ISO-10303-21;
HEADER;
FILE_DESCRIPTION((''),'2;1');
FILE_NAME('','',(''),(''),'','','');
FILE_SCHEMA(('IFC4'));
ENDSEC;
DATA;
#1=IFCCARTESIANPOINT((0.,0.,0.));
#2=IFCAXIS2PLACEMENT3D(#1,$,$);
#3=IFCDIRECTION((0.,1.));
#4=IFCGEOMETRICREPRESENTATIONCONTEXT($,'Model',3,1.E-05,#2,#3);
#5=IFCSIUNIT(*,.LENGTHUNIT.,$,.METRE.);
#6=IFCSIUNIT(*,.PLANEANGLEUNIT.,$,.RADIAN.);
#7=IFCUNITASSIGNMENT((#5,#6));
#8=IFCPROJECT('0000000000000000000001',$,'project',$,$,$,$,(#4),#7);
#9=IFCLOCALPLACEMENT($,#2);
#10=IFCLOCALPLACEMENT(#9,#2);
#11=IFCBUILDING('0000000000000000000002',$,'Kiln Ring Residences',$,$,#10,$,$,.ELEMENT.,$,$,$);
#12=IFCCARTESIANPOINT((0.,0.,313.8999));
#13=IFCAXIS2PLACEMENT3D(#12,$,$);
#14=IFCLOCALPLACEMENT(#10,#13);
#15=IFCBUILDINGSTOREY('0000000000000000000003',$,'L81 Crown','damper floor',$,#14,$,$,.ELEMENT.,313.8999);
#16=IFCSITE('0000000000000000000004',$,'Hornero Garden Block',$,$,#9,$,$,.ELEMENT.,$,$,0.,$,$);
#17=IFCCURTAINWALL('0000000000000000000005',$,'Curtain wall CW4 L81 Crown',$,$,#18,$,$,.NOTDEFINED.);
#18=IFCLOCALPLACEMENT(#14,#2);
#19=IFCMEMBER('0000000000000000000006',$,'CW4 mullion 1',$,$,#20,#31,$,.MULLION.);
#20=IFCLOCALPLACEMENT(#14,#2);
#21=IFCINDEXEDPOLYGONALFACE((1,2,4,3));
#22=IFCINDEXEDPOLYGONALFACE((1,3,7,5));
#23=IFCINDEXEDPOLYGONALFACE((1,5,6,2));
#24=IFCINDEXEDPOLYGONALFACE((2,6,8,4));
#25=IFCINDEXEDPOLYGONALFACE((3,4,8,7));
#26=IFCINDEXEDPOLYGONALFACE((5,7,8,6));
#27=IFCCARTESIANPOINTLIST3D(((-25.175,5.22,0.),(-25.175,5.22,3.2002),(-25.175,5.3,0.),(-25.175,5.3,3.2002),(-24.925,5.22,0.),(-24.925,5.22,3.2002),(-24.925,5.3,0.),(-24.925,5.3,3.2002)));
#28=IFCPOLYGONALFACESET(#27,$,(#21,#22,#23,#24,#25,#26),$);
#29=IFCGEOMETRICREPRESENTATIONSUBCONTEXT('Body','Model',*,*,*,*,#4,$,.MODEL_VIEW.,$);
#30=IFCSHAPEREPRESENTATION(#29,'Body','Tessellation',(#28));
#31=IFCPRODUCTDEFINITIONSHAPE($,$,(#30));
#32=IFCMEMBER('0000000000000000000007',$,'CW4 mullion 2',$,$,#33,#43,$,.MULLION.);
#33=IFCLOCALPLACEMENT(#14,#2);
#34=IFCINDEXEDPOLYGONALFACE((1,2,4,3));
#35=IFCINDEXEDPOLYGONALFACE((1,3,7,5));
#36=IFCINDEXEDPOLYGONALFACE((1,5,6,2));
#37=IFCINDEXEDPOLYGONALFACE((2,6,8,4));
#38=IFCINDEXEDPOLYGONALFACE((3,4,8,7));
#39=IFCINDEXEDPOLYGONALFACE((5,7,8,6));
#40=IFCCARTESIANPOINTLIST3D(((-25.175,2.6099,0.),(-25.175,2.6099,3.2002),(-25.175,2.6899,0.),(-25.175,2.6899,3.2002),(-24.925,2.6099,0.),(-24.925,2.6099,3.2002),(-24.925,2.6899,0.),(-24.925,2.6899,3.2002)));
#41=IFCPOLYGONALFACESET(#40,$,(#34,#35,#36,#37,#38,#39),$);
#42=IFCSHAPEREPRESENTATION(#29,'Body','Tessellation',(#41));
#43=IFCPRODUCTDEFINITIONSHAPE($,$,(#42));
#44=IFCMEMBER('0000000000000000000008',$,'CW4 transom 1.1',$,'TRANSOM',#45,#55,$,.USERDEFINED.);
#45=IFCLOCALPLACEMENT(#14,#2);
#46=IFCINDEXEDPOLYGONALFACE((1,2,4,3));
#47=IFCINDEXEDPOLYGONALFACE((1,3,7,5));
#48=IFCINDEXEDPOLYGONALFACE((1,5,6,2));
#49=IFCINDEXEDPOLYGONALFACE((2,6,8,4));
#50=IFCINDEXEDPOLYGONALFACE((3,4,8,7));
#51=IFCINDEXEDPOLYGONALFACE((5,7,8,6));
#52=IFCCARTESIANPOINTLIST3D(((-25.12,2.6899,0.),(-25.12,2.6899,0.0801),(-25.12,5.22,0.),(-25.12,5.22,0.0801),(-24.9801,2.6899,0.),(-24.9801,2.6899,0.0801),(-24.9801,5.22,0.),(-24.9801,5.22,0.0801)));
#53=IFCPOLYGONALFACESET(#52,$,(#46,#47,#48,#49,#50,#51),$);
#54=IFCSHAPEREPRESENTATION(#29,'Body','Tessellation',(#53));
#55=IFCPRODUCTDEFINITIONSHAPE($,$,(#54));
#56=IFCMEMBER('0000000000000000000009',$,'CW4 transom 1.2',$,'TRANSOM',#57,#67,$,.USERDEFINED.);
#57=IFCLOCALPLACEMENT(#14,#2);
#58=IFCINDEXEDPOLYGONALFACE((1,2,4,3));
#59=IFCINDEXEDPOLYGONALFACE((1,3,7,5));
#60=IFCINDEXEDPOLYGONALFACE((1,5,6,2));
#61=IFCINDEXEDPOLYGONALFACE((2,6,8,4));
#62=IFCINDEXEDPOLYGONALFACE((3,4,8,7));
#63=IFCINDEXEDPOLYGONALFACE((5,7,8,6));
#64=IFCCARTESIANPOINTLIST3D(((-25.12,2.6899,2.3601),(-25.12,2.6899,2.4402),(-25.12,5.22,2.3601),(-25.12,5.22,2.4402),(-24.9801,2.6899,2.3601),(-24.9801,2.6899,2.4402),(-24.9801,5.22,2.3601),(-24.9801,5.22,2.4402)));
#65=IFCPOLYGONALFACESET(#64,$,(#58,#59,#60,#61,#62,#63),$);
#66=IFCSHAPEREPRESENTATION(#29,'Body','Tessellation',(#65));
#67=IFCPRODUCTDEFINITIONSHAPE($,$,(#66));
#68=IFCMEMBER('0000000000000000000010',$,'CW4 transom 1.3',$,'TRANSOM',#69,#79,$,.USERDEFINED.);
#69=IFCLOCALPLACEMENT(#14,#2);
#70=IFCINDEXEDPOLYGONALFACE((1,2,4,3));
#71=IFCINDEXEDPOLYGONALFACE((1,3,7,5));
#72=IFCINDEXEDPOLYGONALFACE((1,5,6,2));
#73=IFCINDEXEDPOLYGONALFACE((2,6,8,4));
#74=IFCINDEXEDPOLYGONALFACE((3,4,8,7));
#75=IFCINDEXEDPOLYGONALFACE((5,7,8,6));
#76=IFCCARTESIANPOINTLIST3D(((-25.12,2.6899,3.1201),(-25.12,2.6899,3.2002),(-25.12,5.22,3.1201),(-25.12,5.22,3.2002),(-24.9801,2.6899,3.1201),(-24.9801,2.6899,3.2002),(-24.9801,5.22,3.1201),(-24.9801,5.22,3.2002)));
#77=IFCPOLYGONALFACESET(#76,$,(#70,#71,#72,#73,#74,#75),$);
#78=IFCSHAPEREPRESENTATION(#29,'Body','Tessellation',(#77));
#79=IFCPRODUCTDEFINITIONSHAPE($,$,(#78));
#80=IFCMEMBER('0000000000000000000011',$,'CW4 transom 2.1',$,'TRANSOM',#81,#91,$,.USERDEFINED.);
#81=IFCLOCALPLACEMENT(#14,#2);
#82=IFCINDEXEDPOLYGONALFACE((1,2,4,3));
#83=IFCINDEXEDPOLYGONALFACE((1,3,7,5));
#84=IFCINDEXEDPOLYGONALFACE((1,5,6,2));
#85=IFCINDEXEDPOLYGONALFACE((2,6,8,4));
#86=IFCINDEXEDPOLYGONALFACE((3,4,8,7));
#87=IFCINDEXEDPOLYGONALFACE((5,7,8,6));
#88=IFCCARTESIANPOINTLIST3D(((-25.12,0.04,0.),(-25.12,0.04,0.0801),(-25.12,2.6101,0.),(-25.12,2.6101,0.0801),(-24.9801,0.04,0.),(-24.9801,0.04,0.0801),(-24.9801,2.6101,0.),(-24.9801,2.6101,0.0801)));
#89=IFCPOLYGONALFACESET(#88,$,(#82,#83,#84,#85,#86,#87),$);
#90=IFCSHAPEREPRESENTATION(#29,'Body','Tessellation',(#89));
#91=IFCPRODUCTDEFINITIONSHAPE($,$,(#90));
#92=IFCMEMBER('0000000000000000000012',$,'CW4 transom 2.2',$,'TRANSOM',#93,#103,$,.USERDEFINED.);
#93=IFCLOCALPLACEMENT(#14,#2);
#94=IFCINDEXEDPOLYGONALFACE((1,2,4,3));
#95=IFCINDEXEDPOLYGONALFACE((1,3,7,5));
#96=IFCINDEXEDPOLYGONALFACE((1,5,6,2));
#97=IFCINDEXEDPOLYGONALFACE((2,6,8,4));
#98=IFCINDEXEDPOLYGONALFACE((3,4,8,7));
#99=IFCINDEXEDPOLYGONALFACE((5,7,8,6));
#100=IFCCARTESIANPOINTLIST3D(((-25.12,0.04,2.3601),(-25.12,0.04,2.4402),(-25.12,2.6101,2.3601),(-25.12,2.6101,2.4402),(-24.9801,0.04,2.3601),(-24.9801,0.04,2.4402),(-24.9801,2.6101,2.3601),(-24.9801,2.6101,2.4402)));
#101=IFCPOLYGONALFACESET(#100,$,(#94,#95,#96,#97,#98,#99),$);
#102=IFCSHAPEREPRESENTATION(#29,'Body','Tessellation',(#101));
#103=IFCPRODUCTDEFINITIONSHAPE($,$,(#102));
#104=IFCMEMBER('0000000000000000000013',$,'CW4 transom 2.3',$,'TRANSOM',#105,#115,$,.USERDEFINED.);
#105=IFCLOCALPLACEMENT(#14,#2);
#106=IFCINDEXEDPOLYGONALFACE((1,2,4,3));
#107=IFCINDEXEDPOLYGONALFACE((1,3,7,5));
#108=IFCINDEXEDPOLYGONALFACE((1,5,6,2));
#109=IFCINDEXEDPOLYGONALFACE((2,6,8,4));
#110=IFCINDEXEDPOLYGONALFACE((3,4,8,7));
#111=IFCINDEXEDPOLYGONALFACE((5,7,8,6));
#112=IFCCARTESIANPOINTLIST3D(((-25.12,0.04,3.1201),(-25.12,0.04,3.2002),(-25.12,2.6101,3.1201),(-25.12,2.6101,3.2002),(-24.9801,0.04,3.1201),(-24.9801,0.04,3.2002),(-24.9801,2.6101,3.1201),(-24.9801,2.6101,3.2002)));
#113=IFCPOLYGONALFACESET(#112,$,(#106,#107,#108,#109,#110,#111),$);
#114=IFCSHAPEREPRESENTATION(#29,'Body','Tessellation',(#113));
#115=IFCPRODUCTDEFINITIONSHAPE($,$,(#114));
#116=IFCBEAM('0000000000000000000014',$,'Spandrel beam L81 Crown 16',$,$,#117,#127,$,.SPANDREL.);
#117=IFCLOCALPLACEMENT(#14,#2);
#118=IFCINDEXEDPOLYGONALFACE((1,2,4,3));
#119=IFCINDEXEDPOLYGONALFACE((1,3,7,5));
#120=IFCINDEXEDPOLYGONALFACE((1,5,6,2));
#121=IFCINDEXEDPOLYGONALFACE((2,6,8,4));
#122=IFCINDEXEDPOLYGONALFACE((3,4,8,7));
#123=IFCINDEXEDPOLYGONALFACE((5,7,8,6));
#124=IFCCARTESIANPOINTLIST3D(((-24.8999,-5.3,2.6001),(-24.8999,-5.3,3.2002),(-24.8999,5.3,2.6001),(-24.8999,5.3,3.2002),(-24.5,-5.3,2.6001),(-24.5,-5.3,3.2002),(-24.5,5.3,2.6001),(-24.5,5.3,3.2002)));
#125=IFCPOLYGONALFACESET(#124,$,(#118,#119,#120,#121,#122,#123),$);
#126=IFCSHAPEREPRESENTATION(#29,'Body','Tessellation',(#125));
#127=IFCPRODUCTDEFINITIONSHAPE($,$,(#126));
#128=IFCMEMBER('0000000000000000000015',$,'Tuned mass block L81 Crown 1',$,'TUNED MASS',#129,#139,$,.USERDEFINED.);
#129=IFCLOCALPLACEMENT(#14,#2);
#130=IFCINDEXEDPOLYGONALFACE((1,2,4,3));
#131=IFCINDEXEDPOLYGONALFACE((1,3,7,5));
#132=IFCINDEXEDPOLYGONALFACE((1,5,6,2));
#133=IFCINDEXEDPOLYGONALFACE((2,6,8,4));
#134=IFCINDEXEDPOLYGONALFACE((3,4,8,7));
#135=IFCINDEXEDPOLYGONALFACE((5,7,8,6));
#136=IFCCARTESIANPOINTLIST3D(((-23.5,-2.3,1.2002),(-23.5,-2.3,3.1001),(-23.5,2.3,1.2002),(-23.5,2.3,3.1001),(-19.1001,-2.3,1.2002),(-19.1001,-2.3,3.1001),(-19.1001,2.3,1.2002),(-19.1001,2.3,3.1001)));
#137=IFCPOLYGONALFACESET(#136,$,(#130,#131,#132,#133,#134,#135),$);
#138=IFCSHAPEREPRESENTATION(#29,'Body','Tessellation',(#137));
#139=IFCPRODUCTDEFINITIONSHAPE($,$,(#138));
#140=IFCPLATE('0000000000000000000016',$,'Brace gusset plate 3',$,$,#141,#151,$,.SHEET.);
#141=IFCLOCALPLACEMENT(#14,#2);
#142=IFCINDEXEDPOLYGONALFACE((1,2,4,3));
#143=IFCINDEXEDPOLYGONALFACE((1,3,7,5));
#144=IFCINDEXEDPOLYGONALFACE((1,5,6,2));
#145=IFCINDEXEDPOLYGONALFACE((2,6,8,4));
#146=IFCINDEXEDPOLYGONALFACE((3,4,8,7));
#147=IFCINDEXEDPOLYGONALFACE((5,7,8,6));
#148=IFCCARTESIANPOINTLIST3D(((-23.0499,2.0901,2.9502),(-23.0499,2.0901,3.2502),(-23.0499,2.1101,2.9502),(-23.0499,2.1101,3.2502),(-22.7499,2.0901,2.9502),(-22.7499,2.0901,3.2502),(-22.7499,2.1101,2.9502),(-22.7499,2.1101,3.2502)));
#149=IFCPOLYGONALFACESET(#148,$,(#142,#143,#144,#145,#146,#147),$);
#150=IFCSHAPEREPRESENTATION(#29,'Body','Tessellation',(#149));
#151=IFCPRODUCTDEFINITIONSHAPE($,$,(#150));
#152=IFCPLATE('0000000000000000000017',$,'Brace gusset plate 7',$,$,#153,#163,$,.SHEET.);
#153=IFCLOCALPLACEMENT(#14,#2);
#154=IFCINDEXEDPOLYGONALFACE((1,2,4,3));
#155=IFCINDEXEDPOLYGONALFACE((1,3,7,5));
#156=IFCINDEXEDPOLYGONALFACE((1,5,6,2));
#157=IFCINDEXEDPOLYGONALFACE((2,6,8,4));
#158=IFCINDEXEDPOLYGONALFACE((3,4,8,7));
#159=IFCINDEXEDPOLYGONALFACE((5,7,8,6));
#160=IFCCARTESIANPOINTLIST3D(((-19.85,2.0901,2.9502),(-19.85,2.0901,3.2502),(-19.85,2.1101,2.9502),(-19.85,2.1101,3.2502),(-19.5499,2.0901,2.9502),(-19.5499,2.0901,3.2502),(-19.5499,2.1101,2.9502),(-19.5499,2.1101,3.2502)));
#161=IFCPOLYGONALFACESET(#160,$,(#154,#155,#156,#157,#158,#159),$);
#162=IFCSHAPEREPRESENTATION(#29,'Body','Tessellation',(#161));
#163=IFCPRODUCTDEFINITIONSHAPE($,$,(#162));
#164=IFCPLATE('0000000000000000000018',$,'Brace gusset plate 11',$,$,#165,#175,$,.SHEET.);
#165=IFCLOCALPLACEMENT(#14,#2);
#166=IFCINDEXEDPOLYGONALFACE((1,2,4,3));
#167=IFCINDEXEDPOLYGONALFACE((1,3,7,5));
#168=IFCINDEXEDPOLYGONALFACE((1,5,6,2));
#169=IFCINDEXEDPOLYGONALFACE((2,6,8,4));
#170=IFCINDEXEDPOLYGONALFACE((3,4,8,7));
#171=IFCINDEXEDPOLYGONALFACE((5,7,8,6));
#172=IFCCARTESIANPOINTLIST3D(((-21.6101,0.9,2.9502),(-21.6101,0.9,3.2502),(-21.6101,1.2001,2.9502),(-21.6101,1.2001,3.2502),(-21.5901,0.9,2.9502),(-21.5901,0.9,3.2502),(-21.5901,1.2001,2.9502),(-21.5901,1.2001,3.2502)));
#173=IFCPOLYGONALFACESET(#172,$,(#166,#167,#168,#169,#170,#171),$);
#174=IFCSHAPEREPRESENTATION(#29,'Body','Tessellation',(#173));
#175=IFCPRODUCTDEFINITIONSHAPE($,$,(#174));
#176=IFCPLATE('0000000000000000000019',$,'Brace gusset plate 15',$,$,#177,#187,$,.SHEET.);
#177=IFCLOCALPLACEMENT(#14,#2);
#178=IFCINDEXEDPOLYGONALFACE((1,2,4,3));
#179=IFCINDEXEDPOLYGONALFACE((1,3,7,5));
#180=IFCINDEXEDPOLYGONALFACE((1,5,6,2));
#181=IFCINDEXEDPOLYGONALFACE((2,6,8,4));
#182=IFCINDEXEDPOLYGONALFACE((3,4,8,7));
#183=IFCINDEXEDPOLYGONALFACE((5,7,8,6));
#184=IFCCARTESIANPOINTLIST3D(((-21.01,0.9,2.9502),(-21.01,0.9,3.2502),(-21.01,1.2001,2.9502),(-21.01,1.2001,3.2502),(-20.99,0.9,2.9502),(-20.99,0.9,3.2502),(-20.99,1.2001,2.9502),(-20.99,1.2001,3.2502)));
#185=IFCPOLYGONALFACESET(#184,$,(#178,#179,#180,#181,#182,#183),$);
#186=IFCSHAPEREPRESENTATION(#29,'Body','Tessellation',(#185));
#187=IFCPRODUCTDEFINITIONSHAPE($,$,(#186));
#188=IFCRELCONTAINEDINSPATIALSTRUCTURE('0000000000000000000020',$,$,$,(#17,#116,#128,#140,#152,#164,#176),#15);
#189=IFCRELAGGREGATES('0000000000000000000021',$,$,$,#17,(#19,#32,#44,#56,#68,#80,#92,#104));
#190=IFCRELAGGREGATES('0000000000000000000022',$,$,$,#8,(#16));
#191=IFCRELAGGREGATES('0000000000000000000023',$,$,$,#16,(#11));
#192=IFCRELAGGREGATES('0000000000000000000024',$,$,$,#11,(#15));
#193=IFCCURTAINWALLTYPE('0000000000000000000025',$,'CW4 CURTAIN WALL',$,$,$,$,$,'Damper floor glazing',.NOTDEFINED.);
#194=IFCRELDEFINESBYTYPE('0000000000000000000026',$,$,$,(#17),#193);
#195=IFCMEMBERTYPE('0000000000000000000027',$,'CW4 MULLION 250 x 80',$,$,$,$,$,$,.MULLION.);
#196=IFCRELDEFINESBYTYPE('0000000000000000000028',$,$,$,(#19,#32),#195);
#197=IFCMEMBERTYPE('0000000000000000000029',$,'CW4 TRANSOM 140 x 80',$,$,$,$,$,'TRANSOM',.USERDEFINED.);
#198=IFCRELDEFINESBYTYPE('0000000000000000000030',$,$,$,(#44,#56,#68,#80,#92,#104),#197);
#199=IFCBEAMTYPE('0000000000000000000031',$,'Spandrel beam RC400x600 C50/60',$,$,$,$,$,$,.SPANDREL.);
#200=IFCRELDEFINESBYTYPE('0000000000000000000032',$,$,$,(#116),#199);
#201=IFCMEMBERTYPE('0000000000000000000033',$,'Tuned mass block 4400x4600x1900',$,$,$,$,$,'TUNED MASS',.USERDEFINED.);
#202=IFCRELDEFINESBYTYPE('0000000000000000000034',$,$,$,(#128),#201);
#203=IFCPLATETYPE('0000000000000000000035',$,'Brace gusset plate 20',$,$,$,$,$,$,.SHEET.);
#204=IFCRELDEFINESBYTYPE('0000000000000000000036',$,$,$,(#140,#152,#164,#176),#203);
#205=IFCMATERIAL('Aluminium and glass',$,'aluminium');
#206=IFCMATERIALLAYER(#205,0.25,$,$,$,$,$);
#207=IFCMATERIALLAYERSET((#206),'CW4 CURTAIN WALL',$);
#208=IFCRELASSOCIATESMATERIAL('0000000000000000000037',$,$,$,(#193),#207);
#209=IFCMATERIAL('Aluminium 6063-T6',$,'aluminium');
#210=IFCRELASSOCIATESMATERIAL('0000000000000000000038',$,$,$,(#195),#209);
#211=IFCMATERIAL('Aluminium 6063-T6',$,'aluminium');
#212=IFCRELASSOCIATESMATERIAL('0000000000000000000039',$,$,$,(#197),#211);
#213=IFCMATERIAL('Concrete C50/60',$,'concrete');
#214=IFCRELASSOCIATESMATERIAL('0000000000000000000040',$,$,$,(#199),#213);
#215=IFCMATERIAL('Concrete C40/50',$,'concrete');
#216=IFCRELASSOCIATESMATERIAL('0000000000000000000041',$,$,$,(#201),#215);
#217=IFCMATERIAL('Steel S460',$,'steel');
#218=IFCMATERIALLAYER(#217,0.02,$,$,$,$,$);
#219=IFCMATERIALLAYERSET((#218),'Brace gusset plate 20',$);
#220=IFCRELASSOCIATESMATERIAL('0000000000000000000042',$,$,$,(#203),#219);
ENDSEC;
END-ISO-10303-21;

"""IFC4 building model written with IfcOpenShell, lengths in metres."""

from ifc_helpers import new_model, si_unit, direction, frame, origin, origin_2d, place, context, subcontext, project, spatial, rectangle, extrude, material, layer, layer_set, material_profile, profile_set, type_object, element, aggregate, save


model = new_model("IFC4")

# Units and contexts
model_context = context("Model", 3, precision=1e-05, world=origin(), true_north=direction((0.0, 1.0)))
body_context = subcontext(model_context, "Body", "Model", "MODEL_VIEW")
ifc_project = project(units=[si_unit("LENGTHUNIT", "METRE"), si_unit("PLANEANGLEUNIT", "RADIAN")], contexts=[model_context])

# Site, building, storey
site_placement = place(None, origin())
site = spatial("IfcSite", under=ifc_project, at=site_placement, Name="Hornero Garden Block", CompositionType="ELEMENT", RefElevation=0.0)
building_placement = place(site_placement, origin())
building = spatial("IfcBuilding", under=site, at=building_placement, Name="Kiln Ring Residences", CompositionType="ELEMENT")
storey_placement = place(building_placement, frame((0.0, 0.0, 313.8999)))
storey = spatial("IfcBuildingStorey", under=building, at=storey_placement, Name="L81 Crown", Description="damper floor", CompositionType="ELEMENT", Elevation=313.8999)

# Curtain wall, members
ifc_material_1 = material(Name="Aluminium and glass", Category="aluminium")
ifc_layer_1 = layer(ifc_material_1, 0.25)
ifc_layer_set_1 = layer_set([ifc_layer_1], Name="CW4 CURTAIN WALL")
curtain_wall_type = type_object("IfcCurtainWallType", Name="CW4 CURTAIN WALL", ElementType="Damper floor glazing", PredefinedType="NOTDEFINED", material=ifc_layer_set_1)
curtain_wall_placement = place(storey_placement, origin())
curtain_wall = element("IfcCurtainWall", 1, at=curtain_wall_placement, inside=storey, type_object=curtain_wall_type, Name="Curtain wall CW4 L81 Crown", PredefinedType="NOTDEFINED")
ifc_material_2 = material(Name="Aluminium 6063-T6", Category="aluminium")
ifc_material_profile_1 = material_profile(ifc_material_2, rectangle(XDim=0.25, YDim=0.0801, at=origin_2d()), Name="AL 250x80")
ifc_profile_set_1 = profile_set([ifc_material_profile_1], Name="Aluminium 6063-T6")
member_type_1 = type_object("IfcMemberType", Name="CW4 MULLION 250 x 80", PredefinedType="MULLION", material=ifc_profile_set_1)
member_1_placement = place(storey_placement, frame((-25.05, 5.26, 0.0), z_axis=(0.0, 0.0, 1.0), x_axis=(1.0, 0.0, 0.0)))
member_1 = element("IfcMember", 2, at=member_1_placement, type_object=member_type_1, Name="CW4 mullion 1", PredefinedType="MULLION", context=body_context, shape_type="SweptSolid", body=[
    extrude(rectangle(XDim=0.25, YDim=0.0801, at=origin_2d()), origin(), (0.0, 0.0, 1.0), 3.2002),
])
member_2_placement = place(storey_placement, frame((-25.05, 2.6499, 0.0), z_axis=(0.0, 0.0, 1.0), x_axis=(1.0, 0.0, 0.0)))
member_2 = element("IfcMember", 3, at=member_2_placement, type_object=member_type_1, Name="CW4 mullion 2", PredefinedType="MULLION", context=body_context, shape_type="SweptSolid", body=[
    extrude(rectangle(XDim=0.25, YDim=0.0801, at=origin_2d()), origin(), (0.0, 0.0, 1.0), 3.2002),
])
ifc_material_3 = material(Name="Aluminium 6063-T6", Category="aluminium")
ifc_material_profile_2 = material_profile(ifc_material_3, rectangle(XDim=0.1399, YDim=0.0801, at=origin_2d()), Name="AL 140x80")
ifc_profile_set_2 = profile_set([ifc_material_profile_2], Name="Aluminium 6063-T6")
member_type_2 = type_object("IfcMemberType", Name="CW4 TRANSOM 140 x 80", ElementType="TRANSOM", PredefinedType="USERDEFINED", material=ifc_profile_set_2)
member_3_placement = place(storey_placement, frame((-25.05, 5.22, 0.04), z_axis=(0.0, -1.0, 0.0), x_axis=(1.0, 0.0, 0.0)))
member_3 = element("IfcMember", 4, at=member_3_placement, type_object=member_type_2, Name="CW4 transom 1.1", ObjectType="TRANSOM", PredefinedType="USERDEFINED", context=body_context, shape_type="SweptSolid", body=[
    extrude(rectangle(XDim=0.1399, YDim=0.0801, at=origin_2d()), origin(), (0.0, 0.0, 1.0), 2.53),
])
member_4_placement = place(storey_placement, frame((-25.05, 5.22, 2.4001), z_axis=(0.0, -1.0, 0.0), x_axis=(1.0, 0.0, 0.0)))
member_4 = element("IfcMember", 5, at=member_4_placement, type_object=member_type_2, Name="CW4 transom 1.2", ObjectType="TRANSOM", PredefinedType="USERDEFINED", context=body_context, shape_type="SweptSolid", body=[
    extrude(rectangle(XDim=0.1399, YDim=0.0801, at=origin_2d()), origin(), (0.0, 0.0, 1.0), 2.53),
])
member_5_placement = place(storey_placement, frame((-25.05, 5.22, 3.1602), z_axis=(0.0, -1.0, 0.0), x_axis=(1.0, 0.0, 0.0)))
member_5 = element("IfcMember", 6, at=member_5_placement, type_object=member_type_2, Name="CW4 transom 1.3", ObjectType="TRANSOM", PredefinedType="USERDEFINED", context=body_context, shape_type="SweptSolid", body=[
    extrude(rectangle(XDim=0.1399, YDim=0.0801, at=origin_2d()), origin(), (0.0, 0.0, 1.0), 2.53),
])
member_6_placement = place(storey_placement, frame((-25.05, 2.6101, 0.04), z_axis=(0.0, -1.0, 0.0), x_axis=(1.0, 0.0, 0.0)))
member_6 = element("IfcMember", 7, at=member_6_placement, type_object=member_type_2, Name="CW4 transom 2.1", ObjectType="TRANSOM", PredefinedType="USERDEFINED", context=body_context, shape_type="SweptSolid", body=[
    extrude(rectangle(XDim=0.1399, YDim=0.0801, at=origin_2d()), origin(), (0.0, 0.0, 1.0), 2.5701),
])
member_7_placement = place(storey_placement, frame((-25.05, 2.6101, 2.4001), z_axis=(0.0, -1.0, 0.0), x_axis=(1.0, 0.0, 0.0)))
member_7 = element("IfcMember", 8, at=member_7_placement, type_object=member_type_2, Name="CW4 transom 2.2", ObjectType="TRANSOM", PredefinedType="USERDEFINED", context=body_context, shape_type="SweptSolid", body=[
    extrude(rectangle(XDim=0.1399, YDim=0.0801, at=origin_2d()), origin(), (0.0, 0.0, 1.0), 2.5701),
])
member_8_placement = place(storey_placement, frame((-25.05, 2.6101, 3.1602), z_axis=(0.0, -1.0, 0.0), x_axis=(1.0, 0.0, 0.0)))
member_8 = element("IfcMember", 9, at=member_8_placement, type_object=member_type_2, Name="CW4 transom 2.3", ObjectType="TRANSOM", PredefinedType="USERDEFINED", context=body_context, shape_type="SweptSolid", body=[
    extrude(rectangle(XDim=0.1399, YDim=0.0801, at=origin_2d()), origin(), (0.0, 0.0, 1.0), 2.5701),
])

# Beam
ifc_material_4 = material(Name="Concrete C50/60", Category="concrete")
ifc_material_profile_3 = material_profile(ifc_material_4, rectangle(XDim=0.3999, YDim=0.6001, at=origin_2d()), Name="RC400x600")
ifc_profile_set_3 = profile_set([ifc_material_profile_3], Name="Concrete C50/60")
beam_type = type_object("IfcBeamType", Name="Spandrel beam RC400x600 C50/60", PredefinedType="SPANDREL", material=ifc_profile_set_3)
beam_placement = place(storey_placement, frame((-24.7, 5.3, 2.9001), z_axis=(0.0, -1.0, 0.0), x_axis=(1.0, 0.0, 0.0)))
element("IfcBeam", 10, at=beam_placement, inside=storey, type_object=beam_type, Name="Spandrel beam L81 Crown 16", PredefinedType="SPANDREL", context=body_context, shape_type="SweptSolid", body=[
    extrude(rectangle(XDim=0.3999, YDim=0.6001, at=origin_2d()), origin(), (0.0, 0.0, 1.0), 10.6001),
])

# Member
ifc_material_5 = material(Name="Concrete C40/50", Category="concrete")
member_type_3 = type_object("IfcMemberType", Name="Tuned mass block 4400x4600x1900", ElementType="TUNED MASS", PredefinedType="USERDEFINED", material=ifc_material_5)
member_9_placement = place(storey_placement, frame((-21.3, 0.0, 1.2002), z_axis=(0.0, 0.0, 1.0), x_axis=(1.0, 0.0, 0.0)))
element("IfcMember", 11, at=member_9_placement, inside=storey, type_object=member_type_3, Name="Tuned mass block L81 Crown 1", ObjectType="TUNED MASS", PredefinedType="USERDEFINED", context=body_context, shape_type="SweptSolid", body=[
    extrude(rectangle(XDim=4.3999, YDim=4.6001, at=origin_2d()), origin(), (0.0, 0.0, 1.0), 1.8999),
])

# Plates
ifc_material_6 = material(Name="Steel S460", Category="steel")
ifc_layer_2 = layer(ifc_material_6, 0.02)
ifc_layer_set_2 = layer_set([ifc_layer_2], Name="Brace gusset plate 20")
plate_type_1 = type_object("IfcPlateType", Name="Brace gusset plate 20", PredefinedType="SHEET", material=ifc_layer_set_2)
for number, where, z_axis, x_axis, name in (
    (12, (-22.8999, 2.1001, 2.9502), (0.0, 0.0, 1.0), (1.0, 0.0, 0.0), "Brace gusset plate 3"),
    (13, (-19.7, 2.1001, 2.9502), (0.0, 0.0, 1.0), (1.0, 0.0, 0.0), "Brace gusset plate 7"),
):
    element("IfcPlate", number, at=place(storey_placement, frame(where, z_axis=z_axis, x_axis=x_axis)), inside=storey, type_object=plate_type_1, Name=name, PredefinedType="SHEET", context=body_context, shape_type="SweptSolid", body=[
        extrude(rectangle(XDim=0.3, YDim=0.02, at=origin_2d()), origin(), (0.0, 0.0, 1.0), 0.3),
    ])
for number, where, z_axis, x_axis, name in (
    (14, (-21.6001, 1.05, 2.9502), (0.0, 0.0, 1.0), (1.0, 0.0, 0.0), "Brace gusset plate 11"),
    (15, (-21.0, 1.05, 2.9502), (0.0, 0.0, 1.0), (1.0, 0.0, 0.0), "Brace gusset plate 15"),
):
    element("IfcPlate", number, at=place(storey_placement, frame(where, z_axis=z_axis, x_axis=x_axis)), inside=storey, type_object=plate_type_1, Name=name, PredefinedType="SHEET", context=body_context, shape_type="SweptSolid", body=[
        extrude(rectangle(XDim=0.02, YDim=0.3, at=origin_2d()), origin(), (0.0, 0.0, 1.0), 0.3),
    ])

aggregate(curtain_wall, [member_1, member_2, member_3, member_4, member_5, member_6, member_7, member_8])

save(model, "model.ifc")
